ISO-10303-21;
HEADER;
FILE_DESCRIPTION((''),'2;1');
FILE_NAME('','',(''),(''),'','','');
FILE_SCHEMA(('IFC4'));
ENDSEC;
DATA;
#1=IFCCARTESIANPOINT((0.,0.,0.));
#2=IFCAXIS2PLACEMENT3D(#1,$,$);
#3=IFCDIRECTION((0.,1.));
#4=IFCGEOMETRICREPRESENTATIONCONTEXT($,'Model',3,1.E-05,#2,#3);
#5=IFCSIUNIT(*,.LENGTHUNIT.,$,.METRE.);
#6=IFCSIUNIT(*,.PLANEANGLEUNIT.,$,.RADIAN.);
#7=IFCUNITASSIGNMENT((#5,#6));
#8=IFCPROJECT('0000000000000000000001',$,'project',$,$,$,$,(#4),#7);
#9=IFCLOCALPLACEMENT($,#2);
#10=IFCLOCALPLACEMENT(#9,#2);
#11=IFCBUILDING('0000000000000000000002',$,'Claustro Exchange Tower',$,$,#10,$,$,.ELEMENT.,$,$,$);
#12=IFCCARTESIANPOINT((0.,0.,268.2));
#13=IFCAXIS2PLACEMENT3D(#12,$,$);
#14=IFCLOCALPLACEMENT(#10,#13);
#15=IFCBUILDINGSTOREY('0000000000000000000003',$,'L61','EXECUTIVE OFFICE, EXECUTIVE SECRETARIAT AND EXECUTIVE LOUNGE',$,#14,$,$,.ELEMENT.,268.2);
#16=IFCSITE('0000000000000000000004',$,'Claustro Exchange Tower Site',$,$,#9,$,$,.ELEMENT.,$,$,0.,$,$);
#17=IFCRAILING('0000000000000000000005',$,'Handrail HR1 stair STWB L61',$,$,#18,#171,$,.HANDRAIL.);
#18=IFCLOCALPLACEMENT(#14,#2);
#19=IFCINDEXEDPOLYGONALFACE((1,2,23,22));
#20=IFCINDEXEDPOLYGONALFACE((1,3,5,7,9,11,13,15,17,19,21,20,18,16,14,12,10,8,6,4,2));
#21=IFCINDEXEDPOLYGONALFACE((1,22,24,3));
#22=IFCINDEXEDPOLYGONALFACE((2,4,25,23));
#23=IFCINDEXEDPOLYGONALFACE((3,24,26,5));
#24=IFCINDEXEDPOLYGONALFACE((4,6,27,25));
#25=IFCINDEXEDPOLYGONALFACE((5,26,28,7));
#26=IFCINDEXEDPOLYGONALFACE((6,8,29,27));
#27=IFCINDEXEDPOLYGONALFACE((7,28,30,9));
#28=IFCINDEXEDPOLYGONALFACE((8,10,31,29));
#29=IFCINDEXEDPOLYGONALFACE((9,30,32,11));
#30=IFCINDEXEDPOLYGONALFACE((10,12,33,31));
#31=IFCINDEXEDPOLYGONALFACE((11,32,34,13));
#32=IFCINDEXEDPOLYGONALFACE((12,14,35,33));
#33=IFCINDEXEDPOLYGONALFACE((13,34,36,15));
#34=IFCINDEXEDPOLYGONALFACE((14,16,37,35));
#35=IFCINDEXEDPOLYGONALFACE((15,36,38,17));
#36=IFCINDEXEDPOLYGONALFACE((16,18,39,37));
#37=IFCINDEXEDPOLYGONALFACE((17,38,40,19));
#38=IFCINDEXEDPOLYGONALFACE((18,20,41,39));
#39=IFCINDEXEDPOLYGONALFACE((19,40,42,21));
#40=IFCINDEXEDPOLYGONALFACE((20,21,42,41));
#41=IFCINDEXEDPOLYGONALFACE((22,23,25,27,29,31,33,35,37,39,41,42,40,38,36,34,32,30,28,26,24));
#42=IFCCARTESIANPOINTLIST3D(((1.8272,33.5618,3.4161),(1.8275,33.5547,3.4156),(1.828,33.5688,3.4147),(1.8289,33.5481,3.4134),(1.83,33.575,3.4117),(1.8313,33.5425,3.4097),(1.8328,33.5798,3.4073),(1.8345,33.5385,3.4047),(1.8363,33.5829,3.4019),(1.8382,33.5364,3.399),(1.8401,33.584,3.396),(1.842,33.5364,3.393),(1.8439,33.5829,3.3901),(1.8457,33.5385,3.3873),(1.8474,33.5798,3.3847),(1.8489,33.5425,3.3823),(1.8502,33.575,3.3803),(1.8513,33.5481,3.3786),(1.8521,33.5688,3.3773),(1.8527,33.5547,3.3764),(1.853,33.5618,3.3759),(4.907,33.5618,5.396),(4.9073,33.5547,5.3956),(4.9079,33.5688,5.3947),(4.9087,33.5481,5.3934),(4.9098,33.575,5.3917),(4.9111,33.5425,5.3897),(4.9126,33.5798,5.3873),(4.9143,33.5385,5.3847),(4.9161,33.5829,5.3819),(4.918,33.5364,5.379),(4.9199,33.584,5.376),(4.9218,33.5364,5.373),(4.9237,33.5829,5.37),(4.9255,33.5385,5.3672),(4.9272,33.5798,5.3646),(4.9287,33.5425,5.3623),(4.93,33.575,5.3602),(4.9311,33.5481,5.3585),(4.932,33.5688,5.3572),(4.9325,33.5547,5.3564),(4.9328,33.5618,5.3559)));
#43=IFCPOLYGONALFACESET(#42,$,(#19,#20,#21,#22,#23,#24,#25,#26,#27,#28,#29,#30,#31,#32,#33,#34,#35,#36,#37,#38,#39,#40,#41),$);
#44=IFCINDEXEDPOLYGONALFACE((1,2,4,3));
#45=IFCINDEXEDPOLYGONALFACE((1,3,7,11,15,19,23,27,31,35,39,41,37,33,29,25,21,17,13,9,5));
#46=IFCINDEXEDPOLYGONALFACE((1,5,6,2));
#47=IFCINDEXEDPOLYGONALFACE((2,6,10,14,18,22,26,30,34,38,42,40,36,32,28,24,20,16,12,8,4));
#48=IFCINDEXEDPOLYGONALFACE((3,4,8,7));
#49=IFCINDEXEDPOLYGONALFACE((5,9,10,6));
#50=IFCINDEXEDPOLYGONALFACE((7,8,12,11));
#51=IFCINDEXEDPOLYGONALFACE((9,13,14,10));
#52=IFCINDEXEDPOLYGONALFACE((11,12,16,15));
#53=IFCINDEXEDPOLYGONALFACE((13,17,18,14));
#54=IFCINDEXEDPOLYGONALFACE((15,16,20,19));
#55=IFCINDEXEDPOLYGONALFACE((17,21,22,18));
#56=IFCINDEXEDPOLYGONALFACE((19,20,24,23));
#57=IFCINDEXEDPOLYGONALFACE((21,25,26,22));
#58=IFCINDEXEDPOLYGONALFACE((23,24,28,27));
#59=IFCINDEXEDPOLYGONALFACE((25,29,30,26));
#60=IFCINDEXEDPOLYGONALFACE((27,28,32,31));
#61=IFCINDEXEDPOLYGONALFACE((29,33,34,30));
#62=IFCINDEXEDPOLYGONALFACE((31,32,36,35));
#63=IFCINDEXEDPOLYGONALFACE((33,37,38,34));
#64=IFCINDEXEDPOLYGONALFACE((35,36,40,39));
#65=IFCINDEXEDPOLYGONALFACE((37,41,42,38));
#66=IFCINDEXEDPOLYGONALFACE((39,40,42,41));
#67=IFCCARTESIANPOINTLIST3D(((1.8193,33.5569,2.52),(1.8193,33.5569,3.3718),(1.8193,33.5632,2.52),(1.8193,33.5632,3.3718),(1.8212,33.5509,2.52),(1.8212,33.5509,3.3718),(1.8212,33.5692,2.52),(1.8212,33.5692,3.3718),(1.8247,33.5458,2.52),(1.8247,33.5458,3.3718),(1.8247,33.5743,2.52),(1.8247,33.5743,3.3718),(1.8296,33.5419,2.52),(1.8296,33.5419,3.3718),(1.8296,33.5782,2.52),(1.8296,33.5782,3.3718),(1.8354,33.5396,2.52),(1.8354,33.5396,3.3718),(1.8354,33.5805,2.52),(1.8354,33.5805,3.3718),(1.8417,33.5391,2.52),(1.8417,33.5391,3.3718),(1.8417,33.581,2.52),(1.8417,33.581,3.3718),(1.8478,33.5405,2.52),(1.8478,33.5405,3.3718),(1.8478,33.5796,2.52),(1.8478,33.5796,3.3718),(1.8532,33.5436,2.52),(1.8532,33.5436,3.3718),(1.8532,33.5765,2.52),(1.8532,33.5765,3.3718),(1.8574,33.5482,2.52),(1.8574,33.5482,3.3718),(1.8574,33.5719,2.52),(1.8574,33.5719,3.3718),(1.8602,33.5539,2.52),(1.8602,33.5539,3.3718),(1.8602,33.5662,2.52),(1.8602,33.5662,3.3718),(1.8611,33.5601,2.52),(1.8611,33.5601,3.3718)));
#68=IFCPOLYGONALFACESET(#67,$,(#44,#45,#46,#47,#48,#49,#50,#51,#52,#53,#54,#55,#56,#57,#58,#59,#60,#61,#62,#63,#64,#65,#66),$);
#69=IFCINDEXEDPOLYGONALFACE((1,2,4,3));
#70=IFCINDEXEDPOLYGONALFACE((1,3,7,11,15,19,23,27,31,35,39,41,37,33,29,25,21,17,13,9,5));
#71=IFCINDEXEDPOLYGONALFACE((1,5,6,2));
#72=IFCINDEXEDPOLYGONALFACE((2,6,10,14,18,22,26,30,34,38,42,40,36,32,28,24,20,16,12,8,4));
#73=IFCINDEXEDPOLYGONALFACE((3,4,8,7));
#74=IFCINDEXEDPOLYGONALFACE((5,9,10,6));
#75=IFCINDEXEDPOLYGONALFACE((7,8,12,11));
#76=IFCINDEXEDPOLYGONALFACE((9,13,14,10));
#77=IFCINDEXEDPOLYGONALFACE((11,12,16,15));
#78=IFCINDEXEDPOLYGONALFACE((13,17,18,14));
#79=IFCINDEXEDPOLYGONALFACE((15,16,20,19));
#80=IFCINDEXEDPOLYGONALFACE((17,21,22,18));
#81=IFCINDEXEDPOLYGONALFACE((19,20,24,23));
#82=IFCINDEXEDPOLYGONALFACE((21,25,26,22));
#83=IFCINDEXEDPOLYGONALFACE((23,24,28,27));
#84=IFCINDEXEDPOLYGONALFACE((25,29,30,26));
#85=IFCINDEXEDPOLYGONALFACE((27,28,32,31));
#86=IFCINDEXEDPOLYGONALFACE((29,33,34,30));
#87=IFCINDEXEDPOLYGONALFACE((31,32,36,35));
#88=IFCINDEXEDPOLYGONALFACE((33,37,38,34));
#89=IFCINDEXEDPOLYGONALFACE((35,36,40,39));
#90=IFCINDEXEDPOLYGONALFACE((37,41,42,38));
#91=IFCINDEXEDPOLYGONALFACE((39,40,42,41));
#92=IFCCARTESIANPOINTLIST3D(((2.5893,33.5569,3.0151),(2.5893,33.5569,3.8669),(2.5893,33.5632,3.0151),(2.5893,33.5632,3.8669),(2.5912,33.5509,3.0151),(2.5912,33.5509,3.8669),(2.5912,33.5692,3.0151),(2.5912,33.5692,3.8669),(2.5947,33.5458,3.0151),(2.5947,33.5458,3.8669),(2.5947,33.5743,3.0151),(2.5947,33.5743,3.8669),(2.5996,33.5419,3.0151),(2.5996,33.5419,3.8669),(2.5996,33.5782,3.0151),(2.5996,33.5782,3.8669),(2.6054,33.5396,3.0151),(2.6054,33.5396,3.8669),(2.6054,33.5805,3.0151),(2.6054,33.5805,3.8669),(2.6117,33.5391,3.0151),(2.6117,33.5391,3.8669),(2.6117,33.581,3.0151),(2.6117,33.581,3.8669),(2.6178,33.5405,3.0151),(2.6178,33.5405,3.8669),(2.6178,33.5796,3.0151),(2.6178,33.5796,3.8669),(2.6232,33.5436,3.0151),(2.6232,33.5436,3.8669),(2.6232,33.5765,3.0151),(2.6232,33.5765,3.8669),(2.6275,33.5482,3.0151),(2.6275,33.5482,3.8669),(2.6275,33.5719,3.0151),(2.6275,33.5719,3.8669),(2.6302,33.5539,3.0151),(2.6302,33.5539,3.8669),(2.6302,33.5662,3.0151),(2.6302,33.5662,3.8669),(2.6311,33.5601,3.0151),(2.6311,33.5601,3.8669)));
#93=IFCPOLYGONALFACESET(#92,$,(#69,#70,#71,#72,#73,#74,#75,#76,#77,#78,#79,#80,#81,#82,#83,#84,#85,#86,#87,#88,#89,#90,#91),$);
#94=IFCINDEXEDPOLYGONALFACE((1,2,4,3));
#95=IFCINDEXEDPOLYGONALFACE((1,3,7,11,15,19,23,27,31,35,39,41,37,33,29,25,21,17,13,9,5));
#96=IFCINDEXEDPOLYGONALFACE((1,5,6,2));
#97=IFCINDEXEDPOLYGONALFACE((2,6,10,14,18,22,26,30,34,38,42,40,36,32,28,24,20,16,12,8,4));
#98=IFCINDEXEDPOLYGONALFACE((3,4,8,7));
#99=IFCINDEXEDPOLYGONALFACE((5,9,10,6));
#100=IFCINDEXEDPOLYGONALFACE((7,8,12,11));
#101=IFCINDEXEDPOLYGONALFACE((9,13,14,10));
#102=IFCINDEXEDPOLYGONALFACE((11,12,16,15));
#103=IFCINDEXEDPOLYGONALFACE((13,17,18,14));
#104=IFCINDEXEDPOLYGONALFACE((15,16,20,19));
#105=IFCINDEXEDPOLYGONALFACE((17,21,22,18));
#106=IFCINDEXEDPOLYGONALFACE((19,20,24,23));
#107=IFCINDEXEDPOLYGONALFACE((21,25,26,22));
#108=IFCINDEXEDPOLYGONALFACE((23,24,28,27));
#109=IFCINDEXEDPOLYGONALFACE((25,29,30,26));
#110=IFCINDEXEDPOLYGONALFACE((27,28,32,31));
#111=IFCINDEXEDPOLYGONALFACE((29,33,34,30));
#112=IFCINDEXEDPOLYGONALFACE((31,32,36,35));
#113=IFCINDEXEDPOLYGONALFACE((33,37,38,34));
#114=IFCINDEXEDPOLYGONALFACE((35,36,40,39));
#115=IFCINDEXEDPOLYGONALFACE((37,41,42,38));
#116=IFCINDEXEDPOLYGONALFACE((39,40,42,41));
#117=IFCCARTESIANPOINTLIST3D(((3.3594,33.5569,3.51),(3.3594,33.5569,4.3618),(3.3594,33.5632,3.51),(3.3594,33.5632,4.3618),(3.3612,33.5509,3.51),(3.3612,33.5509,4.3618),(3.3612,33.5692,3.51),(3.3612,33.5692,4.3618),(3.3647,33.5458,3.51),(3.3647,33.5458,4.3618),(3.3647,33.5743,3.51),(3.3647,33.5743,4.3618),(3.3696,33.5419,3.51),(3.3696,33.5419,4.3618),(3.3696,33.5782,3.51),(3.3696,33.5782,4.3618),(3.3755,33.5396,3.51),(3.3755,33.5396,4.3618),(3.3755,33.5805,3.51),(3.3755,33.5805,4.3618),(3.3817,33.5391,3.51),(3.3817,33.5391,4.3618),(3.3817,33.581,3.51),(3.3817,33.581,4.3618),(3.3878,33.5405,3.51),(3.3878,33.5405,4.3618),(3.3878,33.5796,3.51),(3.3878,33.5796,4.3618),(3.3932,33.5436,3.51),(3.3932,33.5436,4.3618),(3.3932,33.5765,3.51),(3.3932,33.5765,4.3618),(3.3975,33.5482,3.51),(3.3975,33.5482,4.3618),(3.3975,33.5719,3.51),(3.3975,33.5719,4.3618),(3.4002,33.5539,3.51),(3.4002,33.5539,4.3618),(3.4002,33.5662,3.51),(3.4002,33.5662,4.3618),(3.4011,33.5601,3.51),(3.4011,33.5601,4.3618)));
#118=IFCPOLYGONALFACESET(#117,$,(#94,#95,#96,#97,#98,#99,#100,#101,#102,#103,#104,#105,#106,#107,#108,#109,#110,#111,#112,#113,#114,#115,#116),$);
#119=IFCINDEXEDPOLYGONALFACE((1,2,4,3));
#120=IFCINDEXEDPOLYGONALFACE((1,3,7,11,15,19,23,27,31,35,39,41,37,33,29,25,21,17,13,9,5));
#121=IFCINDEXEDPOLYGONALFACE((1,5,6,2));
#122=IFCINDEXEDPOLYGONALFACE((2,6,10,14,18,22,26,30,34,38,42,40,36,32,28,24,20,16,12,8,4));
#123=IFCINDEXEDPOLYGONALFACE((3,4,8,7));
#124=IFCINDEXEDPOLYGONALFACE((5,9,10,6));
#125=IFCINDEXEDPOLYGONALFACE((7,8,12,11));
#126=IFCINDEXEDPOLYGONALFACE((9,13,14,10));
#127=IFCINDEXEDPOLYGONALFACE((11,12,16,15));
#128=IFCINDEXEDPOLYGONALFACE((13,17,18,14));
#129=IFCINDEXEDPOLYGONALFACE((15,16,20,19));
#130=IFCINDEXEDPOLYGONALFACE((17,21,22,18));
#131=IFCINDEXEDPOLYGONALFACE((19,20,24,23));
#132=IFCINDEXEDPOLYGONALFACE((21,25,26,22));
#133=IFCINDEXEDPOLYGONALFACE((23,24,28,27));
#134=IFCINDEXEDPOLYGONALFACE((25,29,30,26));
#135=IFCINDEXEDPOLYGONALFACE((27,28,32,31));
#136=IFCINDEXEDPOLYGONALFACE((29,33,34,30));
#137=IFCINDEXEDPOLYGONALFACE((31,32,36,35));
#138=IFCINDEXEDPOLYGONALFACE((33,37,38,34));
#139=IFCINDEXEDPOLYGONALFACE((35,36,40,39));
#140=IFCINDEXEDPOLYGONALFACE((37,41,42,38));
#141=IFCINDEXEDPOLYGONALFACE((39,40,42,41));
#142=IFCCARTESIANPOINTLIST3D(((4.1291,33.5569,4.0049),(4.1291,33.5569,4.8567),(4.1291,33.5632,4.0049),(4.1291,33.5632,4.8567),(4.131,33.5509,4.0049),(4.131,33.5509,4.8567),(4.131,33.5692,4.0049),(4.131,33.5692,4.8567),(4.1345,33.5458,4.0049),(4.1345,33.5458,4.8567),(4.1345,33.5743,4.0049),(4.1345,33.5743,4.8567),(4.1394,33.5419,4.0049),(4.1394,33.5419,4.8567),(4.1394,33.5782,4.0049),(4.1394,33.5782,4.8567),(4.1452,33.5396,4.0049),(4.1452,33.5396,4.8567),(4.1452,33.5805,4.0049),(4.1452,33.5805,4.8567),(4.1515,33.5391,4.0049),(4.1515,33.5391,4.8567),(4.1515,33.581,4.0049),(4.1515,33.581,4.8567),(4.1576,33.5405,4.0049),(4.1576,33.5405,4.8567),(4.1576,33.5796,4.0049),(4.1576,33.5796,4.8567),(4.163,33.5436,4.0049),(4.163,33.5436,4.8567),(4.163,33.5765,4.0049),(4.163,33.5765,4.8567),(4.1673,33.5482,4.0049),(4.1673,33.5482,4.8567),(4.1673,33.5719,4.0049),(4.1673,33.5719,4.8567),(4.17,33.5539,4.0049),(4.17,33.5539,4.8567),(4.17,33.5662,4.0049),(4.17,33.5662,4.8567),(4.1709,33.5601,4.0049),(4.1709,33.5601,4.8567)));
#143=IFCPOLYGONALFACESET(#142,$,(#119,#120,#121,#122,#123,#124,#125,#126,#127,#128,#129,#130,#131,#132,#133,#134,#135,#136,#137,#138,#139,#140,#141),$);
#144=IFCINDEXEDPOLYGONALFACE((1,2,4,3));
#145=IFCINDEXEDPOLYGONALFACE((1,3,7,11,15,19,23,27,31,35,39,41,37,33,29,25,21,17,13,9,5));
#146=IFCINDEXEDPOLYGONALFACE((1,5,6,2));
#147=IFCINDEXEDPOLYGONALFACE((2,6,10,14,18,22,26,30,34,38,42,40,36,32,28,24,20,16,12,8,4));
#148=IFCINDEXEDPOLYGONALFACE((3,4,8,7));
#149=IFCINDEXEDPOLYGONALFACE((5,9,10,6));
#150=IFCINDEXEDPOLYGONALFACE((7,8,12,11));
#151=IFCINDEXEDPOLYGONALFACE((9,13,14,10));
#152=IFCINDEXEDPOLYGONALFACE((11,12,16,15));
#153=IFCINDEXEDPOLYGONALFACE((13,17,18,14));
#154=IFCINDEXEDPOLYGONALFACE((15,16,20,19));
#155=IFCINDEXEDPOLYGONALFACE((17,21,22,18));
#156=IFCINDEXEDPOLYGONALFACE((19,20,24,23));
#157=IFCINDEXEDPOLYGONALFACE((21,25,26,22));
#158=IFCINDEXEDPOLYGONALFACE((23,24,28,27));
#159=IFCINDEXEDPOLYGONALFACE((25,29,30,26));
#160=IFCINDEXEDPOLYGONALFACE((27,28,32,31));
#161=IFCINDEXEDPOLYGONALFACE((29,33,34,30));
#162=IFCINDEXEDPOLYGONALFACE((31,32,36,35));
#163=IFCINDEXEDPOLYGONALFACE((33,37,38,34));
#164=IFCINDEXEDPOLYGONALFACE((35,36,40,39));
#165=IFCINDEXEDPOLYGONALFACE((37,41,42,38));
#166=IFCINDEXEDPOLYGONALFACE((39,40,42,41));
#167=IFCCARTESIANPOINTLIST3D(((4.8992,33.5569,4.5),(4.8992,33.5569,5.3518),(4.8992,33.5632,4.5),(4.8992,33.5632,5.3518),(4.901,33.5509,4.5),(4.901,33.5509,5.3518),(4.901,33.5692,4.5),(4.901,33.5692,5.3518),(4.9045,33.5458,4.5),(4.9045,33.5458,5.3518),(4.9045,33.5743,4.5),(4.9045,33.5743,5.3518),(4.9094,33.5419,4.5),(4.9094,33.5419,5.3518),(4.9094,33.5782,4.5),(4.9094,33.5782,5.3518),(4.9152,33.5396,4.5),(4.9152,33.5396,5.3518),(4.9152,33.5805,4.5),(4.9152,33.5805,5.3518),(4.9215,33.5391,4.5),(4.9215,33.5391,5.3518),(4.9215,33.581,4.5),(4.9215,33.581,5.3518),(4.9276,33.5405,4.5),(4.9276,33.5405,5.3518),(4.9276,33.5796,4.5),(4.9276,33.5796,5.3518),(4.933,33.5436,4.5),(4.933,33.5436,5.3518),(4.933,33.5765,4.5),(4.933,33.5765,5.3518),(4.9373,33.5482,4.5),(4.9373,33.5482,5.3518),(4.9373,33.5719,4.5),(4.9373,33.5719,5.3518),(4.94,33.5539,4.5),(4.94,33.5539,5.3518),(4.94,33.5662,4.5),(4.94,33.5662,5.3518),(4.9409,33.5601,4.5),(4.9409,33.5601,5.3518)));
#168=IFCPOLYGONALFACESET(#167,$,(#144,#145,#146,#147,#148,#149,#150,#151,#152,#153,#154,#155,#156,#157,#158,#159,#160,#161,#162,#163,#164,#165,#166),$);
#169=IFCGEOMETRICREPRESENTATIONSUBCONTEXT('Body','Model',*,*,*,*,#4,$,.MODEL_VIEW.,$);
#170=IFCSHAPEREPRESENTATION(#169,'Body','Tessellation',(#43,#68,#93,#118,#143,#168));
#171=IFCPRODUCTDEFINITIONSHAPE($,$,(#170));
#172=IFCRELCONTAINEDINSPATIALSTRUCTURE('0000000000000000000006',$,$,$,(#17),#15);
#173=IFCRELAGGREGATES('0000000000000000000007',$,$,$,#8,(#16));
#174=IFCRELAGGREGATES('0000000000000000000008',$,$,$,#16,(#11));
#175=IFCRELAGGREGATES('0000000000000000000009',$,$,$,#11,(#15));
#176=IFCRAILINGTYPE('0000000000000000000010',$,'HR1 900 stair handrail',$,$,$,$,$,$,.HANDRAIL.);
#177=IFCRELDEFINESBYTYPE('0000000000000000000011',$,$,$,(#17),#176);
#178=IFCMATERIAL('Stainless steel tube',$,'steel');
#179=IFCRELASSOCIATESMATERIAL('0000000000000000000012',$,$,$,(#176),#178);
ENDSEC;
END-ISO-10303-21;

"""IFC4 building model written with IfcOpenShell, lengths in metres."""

from ifc_helpers import new_model, si_unit, direction, frame, origin, origin_2d, place, context, subcontext, project, spatial, circle, extrude, material, type_object, element, save


model = new_model("IFC4")

# Units and contexts
model_context = context("Model", 3, precision=1e-05, world=origin(), true_north=direction((0.0, 1.0)))
body_context = subcontext(model_context, "Body", "Model", "MODEL_VIEW")
ifc_project = project(units=[si_unit("LENGTHUNIT", "METRE"), si_unit("PLANEANGLEUNIT", "RADIAN")], contexts=[model_context])

# Site, building, storey
site_placement = place(None, origin())
site = spatial("IfcSite", under=ifc_project, at=site_placement, Name="Claustro Exchange Tower Site", CompositionType="ELEMENT", RefElevation=0.0)
building_placement = place(site_placement, origin())
building = spatial("IfcBuilding", under=site, at=building_placement, Name="Claustro Exchange Tower", CompositionType="ELEMENT")
storey_placement = place(building_placement, frame((0.0, 0.0, 268.2)))
storey = spatial("IfcBuildingStorey", under=building, at=storey_placement, Name="L61", Description="EXECUTIVE OFFICE, EXECUTIVE SECRETARIAT AND EXECUTIVE LOUNGE", CompositionType="ELEMENT", Elevation=268.2)

# Railing
ifc_material_1 = material(Name="Stainless steel tube", Category="steel")
railing_type_1 = type_object("IfcRailingType", Name="HR1 900 stair handrail", PredefinedType="HANDRAIL", material=ifc_material_1)
railing_1_placement = place(storey_placement, frame((1.8401, 33.5601, 2.52)))
element("IfcRailing", 1, at=railing_1_placement, inside=storey, type_object=railing_type_1, Name="Handrail HR1 stair STWB L61", PredefinedType="HANDRAIL", context=body_context, shape_type="SweptSolid", body=[
    extrude(circle(Radius=0.0239, at=origin_2d()), frame((0.0, 0.0, 0.876), z_axis=(0.841168, 0.0, 0.540774), x_axis=(0.0, 1.0, 0.0)), (0.0, 0.0, 1.0), 3.6614),
    extrude(circle(Radius=0.021, at=origin_2d()), origin(), (0.0, 0.0, 1.0), 0.8518),
    extrude(circle(Radius=0.021, at=origin_2d()), frame((0.77, 0.0, 0.4951)), (0.0, 0.0, 1.0), 0.8518),
    extrude(circle(Radius=0.021, at=origin_2d()), frame((1.54, 0.0, 0.99)), (0.0, 0.0, 1.0), 0.8518),
    extrude(circle(Radius=0.021, at=origin_2d()), frame((2.3098, 0.0, 1.4849)), (0.0, 0.0, 1.0), 0.8518),
    extrude(circle(Radius=0.021, at=origin_2d()), frame((3.0798, 0.0, 1.98)), (0.0, 0.0, 1.0), 0.8518),
])

save(model, "model.ifc")
